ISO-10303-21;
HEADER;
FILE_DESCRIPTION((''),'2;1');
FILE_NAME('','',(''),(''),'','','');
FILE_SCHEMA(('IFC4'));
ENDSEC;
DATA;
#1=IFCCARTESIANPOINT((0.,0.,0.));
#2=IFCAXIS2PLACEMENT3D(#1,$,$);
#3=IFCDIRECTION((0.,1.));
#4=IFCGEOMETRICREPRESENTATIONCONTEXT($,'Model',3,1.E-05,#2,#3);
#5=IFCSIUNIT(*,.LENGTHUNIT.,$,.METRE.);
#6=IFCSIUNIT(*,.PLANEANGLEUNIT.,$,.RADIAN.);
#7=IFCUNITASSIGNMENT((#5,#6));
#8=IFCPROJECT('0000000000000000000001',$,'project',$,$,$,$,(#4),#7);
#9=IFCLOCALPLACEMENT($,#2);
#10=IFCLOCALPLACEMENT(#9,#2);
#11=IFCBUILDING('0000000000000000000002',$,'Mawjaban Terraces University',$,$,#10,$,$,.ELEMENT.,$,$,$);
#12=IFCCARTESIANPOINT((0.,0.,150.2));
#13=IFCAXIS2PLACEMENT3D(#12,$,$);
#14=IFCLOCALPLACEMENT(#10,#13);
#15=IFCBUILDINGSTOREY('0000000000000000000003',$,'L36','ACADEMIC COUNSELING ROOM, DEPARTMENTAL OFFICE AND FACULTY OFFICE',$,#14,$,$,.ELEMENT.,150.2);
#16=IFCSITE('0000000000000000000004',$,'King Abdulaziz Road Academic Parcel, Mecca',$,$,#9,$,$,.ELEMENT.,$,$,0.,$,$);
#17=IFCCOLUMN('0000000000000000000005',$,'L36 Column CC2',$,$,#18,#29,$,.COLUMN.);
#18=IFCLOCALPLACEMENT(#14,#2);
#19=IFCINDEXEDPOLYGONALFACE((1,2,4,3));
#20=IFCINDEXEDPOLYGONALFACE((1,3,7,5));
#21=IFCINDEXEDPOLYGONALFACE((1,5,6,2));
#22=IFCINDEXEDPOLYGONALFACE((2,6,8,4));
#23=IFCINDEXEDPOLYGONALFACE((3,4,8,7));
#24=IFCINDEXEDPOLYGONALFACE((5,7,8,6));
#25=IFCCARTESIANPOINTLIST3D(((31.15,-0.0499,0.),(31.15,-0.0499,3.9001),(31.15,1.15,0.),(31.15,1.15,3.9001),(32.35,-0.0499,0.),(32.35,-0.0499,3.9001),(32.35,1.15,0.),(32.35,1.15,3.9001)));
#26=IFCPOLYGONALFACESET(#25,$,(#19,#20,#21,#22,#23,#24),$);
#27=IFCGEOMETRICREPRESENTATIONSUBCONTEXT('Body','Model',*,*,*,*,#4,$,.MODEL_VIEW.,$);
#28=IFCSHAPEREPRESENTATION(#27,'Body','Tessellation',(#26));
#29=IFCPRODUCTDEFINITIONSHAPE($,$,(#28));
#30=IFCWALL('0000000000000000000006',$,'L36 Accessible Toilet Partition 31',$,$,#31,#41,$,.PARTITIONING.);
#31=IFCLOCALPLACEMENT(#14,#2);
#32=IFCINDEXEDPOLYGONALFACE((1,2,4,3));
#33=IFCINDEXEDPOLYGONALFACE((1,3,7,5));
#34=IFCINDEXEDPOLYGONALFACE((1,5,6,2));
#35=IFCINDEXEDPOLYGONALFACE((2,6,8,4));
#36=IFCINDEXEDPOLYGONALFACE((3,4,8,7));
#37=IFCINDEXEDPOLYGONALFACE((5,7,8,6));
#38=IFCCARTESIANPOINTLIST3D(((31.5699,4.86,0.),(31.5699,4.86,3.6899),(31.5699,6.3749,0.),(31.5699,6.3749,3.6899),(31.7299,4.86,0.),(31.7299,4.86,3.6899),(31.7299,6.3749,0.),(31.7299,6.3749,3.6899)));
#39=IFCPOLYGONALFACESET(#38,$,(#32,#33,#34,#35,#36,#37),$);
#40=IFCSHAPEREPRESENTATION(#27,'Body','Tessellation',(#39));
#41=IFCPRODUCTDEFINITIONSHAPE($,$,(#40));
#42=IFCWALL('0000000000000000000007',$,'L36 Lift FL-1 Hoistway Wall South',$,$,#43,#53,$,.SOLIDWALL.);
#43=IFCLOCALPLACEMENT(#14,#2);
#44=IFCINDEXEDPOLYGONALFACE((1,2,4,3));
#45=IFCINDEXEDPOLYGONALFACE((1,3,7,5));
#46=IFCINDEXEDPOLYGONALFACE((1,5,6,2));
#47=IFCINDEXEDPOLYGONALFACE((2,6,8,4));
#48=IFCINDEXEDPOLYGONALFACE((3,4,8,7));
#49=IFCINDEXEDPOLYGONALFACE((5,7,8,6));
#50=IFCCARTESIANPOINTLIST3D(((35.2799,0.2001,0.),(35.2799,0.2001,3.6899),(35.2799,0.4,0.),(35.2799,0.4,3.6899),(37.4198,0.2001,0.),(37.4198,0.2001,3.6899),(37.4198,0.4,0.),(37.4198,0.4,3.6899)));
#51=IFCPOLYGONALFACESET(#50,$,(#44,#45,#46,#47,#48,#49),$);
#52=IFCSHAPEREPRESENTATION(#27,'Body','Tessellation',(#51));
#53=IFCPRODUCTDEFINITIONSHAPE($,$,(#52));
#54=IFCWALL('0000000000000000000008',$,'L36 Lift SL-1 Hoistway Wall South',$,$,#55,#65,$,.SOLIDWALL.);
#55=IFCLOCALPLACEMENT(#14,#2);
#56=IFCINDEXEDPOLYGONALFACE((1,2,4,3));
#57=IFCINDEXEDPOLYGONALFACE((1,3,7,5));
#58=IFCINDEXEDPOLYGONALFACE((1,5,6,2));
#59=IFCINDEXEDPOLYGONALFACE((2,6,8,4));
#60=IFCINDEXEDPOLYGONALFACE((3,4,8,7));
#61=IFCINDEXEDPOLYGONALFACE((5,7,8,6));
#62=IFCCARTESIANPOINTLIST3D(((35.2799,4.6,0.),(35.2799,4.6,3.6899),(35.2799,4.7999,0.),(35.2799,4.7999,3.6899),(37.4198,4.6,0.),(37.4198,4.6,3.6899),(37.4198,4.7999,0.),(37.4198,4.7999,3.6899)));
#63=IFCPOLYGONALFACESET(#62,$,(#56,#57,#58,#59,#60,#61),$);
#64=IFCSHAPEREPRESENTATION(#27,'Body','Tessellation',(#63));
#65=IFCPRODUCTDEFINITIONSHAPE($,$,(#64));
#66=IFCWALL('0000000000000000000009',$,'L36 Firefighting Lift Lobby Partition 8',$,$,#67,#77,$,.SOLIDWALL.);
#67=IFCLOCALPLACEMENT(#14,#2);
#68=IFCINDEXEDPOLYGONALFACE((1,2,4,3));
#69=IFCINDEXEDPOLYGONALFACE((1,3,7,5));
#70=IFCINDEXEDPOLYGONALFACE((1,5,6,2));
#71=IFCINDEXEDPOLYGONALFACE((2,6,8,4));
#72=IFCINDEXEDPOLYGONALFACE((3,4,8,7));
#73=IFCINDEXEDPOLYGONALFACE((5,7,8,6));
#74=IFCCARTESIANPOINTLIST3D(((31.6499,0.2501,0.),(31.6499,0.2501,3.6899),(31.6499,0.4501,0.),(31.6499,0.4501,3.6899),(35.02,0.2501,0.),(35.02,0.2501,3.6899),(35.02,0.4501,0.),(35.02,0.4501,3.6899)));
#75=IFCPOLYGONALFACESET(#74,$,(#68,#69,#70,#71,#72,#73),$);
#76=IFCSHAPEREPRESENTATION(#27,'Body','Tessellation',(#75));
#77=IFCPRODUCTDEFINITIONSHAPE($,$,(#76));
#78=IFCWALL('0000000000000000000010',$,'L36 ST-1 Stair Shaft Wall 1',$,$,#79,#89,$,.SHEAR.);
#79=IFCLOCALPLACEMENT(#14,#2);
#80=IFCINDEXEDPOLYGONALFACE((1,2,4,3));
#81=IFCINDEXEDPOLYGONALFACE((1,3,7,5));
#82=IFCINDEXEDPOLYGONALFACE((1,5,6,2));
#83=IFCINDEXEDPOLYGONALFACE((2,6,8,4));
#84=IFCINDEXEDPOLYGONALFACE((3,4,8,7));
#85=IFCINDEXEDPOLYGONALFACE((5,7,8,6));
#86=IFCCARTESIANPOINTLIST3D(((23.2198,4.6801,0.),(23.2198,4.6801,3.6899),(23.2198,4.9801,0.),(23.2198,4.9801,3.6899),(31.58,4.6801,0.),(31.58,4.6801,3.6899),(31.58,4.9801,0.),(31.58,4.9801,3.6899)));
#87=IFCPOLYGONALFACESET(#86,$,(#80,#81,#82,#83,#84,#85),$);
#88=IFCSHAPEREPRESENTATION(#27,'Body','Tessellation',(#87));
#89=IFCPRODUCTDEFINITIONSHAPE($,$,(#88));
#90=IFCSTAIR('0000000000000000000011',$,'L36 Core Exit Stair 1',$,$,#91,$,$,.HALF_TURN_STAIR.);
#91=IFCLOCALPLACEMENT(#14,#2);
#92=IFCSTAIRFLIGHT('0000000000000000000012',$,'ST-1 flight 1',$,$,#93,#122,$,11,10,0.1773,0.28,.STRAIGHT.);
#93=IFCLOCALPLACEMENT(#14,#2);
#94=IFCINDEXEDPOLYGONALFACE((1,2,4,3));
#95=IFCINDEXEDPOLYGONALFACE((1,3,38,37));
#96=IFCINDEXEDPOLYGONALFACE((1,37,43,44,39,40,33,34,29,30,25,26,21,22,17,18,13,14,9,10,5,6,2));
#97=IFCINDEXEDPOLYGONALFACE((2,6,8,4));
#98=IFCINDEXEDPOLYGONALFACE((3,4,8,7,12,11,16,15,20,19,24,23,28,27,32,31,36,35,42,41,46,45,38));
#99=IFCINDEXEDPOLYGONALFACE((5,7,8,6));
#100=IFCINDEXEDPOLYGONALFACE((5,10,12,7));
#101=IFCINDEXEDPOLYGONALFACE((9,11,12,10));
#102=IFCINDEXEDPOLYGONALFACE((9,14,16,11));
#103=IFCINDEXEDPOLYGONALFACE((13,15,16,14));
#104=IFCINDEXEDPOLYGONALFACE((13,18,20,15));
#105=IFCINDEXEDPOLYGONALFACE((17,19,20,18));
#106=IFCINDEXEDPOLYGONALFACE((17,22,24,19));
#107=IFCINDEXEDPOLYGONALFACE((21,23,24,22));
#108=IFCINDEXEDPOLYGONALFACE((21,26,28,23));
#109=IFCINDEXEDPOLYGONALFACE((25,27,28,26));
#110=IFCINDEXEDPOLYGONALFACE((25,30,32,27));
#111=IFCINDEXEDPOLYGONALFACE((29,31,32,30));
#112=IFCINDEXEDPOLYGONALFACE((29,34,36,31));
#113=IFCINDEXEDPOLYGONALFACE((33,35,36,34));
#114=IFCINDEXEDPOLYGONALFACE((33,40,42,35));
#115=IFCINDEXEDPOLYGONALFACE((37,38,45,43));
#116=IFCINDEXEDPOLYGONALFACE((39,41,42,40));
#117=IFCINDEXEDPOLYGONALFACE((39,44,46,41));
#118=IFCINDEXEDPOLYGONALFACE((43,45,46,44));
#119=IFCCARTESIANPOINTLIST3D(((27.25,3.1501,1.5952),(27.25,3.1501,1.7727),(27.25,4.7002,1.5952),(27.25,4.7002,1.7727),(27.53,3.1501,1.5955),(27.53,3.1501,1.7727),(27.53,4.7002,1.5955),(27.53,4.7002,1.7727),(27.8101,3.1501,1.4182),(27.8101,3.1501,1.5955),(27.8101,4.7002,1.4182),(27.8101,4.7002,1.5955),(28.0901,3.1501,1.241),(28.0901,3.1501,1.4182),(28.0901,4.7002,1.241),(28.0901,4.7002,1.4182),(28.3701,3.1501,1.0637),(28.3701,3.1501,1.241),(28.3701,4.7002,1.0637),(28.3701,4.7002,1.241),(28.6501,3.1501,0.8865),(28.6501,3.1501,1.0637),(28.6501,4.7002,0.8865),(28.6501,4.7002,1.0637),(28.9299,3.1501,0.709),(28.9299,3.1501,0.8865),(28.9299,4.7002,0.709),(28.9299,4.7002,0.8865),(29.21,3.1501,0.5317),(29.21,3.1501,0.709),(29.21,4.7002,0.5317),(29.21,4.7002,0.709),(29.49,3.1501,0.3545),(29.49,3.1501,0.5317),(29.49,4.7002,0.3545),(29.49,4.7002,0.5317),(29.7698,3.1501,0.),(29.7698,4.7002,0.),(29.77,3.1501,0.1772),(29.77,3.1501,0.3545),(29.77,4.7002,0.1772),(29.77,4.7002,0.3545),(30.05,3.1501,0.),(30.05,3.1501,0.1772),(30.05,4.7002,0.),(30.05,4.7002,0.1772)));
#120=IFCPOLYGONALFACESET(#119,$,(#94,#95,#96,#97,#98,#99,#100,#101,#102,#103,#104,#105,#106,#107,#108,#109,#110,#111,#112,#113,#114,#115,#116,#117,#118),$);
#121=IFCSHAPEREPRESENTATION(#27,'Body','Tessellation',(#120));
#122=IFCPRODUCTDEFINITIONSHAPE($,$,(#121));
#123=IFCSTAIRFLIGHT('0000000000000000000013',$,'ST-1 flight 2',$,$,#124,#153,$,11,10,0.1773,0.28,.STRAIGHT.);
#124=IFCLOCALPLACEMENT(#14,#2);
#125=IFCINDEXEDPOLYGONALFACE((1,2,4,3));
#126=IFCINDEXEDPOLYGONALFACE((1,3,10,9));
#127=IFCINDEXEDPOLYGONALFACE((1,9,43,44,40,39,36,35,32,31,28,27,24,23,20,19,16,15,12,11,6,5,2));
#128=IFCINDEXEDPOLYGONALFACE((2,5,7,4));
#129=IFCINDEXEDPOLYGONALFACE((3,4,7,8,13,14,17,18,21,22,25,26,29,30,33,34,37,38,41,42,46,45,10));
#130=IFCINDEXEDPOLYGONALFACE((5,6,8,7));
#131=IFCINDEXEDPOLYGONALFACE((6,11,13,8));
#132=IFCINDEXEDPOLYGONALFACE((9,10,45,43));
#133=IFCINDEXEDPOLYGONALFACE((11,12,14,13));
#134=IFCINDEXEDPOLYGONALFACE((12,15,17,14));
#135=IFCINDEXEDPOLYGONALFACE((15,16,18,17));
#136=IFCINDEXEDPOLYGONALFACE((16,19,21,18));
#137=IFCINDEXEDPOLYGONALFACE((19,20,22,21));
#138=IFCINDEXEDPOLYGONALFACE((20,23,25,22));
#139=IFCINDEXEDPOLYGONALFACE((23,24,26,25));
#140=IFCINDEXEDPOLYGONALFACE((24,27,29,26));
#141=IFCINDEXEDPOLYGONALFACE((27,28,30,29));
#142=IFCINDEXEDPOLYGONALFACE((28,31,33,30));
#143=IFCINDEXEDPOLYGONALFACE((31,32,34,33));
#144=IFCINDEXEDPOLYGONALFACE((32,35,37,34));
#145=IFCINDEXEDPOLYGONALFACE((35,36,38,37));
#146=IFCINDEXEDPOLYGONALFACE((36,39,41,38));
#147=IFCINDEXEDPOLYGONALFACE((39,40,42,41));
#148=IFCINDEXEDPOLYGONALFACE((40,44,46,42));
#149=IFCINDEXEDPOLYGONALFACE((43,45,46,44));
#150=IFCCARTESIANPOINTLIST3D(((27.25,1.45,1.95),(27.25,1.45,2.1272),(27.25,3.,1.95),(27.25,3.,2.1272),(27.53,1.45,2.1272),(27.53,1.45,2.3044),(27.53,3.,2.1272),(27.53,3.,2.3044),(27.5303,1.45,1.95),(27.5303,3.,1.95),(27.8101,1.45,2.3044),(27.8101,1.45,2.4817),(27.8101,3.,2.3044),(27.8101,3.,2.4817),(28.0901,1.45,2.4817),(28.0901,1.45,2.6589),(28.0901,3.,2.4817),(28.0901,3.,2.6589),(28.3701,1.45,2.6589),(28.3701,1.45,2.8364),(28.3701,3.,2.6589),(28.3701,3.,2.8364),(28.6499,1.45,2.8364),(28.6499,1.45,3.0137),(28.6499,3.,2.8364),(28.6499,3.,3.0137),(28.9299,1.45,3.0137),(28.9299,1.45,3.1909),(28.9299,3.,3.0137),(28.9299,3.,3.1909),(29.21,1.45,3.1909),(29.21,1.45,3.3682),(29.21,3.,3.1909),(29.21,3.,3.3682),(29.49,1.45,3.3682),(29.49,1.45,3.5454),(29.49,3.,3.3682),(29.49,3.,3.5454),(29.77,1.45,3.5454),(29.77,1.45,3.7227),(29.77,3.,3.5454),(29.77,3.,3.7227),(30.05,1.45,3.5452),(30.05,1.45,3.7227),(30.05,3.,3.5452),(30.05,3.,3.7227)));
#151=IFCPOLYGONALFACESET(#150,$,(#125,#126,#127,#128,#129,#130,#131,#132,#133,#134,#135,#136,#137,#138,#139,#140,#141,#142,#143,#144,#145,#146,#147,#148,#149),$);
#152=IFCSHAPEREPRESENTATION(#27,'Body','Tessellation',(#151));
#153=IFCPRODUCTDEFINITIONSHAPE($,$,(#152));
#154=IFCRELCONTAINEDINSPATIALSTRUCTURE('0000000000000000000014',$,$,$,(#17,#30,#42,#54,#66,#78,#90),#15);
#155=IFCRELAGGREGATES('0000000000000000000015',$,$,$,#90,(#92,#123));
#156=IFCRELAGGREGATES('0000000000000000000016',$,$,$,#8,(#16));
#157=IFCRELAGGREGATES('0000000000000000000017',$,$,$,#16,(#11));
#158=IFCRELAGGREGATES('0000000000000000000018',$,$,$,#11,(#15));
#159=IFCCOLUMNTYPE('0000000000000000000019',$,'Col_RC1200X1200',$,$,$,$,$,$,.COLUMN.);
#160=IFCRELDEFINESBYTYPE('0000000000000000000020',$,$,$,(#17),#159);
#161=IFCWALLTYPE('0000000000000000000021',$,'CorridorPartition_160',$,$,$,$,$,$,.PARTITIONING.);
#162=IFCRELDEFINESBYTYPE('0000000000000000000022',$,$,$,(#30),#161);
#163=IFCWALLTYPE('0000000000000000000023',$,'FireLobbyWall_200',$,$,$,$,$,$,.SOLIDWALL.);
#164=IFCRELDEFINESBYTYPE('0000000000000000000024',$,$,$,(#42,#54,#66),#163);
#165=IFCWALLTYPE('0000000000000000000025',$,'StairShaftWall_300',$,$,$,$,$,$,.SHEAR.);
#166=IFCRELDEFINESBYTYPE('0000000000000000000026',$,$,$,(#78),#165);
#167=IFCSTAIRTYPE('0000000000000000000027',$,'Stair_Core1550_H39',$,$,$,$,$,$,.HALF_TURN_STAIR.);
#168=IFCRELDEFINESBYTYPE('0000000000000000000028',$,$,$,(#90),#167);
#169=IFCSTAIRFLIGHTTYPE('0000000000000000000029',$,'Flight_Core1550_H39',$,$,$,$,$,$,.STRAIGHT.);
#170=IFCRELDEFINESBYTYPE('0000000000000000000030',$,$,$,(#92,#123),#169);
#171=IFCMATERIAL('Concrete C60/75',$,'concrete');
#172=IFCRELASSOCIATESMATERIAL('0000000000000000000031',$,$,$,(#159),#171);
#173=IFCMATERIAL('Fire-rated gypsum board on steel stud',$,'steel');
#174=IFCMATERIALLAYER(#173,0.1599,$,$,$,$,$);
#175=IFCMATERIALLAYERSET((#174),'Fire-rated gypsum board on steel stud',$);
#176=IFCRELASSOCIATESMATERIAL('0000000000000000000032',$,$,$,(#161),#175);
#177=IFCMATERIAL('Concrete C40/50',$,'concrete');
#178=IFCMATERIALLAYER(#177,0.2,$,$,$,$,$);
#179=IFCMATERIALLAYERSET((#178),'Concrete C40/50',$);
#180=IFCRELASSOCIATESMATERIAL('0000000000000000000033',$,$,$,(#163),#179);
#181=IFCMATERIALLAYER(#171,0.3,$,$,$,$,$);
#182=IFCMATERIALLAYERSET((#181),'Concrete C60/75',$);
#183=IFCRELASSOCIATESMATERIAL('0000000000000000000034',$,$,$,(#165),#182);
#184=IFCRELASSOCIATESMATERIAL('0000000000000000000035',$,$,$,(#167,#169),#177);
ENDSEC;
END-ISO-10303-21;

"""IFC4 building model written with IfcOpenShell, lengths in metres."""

from ifc_helpers import new_model, si_unit, direction, frame, frame_2d, origin, origin_2d, place, context, subcontext, project, spatial, polyline, rectangle, outline, extrude, material, layer, layer_set, material_profile, profile_set, type_object, element, aggregate, save


model = new_model("IFC4")

# Units and contexts
model_context = context("Model", 3, precision=1e-05, world=origin(), true_north=direction((0.0, 1.0)))
body_context = subcontext(model_context, "Body", "Model", "MODEL_VIEW")
ifc_project = project(units=[si_unit("LENGTHUNIT", "METRE"), si_unit("PLANEANGLEUNIT", "RADIAN")], contexts=[model_context])

# Site, building, storey
site_placement = place(None, origin())
site = spatial("IfcSite", under=ifc_project, at=site_placement, Name="King Abdulaziz Road Academic Parcel, Mecca", CompositionType="ELEMENT", RefElevation=0.0)
building_placement = place(site_placement, origin())
building = spatial("IfcBuilding", under=site, at=building_placement, Name="Mawjaban Terraces University", CompositionType="ELEMENT")
storey_placement = place(building_placement, frame((0.0, 0.0, 150.2)))
storey = spatial("IfcBuildingStorey", under=building, at=storey_placement, Name="L36", Description="ACADEMIC COUNSELING ROOM, DEPARTMENTAL OFFICE AND FACULTY OFFICE", CompositionType="ELEMENT", Elevation=150.2)

# Column
ifc_material_1 = material(Name="Concrete C60/75", Category="concrete")
ifc_material_profile = material_profile(ifc_material_1, rectangle(XDim=1.2, YDim=1.2, at=origin_2d()), Name="RC1200X1200")
ifc_profile_set = profile_set([ifc_material_profile], Name="Concrete C60/75")
column_type = type_object("IfcColumnType", Name="Col_RC1200X1200", PredefinedType="COLUMN", material=ifc_profile_set)
column_placement = place(storey_placement, frame((31.75, 0.55, 0.0), z_axis=(0.0, 0.0, 1.0), x_axis=(1.0, 0.0, 0.0)))
element("IfcColumn", 1, at=column_placement, inside=storey, type_object=column_type, Name="L36 Column CC2", PredefinedType="COLUMN", context=body_context, shape_type="SweptSolid", body=[
    extrude(rectangle(XDim=1.2, YDim=1.2, at=origin_2d()), origin(), (0.0, 0.0, 1.0), 3.9001),
])

# Wall
ifc_material_2 = material(Name="Fire-rated gypsum board on steel stud", Category="steel")
ifc_layer_1 = layer(ifc_material_2, 0.1599)
ifc_layer_set_1 = layer_set([ifc_layer_1], Name="Fire-rated gypsum board on steel stud")
wall_type_1 = type_object("IfcWallType", Name="CorridorPartition_160", PredefinedType="PARTITIONING", material=ifc_layer_set_1)
wall_1_placement = place(storey_placement, frame((31.6499, 4.8601, 0.0), z_axis=(0.0, 0.0, 1.0), x_axis=(0.0, 1.0, 0.0)))
element("IfcWall", 2, at=wall_1_placement, inside=storey, type_object=wall_type_1, Name="L36 Accessible Toilet Partition 31", PredefinedType="PARTITIONING", context=body_context, shape_type="SweptSolid", body=[
    extrude(rectangle(XDim=1.5149, YDim=0.1599, at=frame_2d((0.7573, 0.0))), origin(), (0.0, 0.0, 1.0), 3.6899),
])

# Shared definitions
ifc_material_3 = material(Name="Concrete C40/50", Category="concrete")
ifc_layer_2 = layer(ifc_material_3, 0.2)
ifc_layer_set_2 = layer_set([ifc_layer_2], Name="Concrete C40/50")
wall_type_2 = type_object("IfcWallType", Name="FireLobbyWall_200", PredefinedType="SOLIDWALL", material=ifc_layer_set_2)

# Wall
wall_2_placement = place(storey_placement, frame((35.28, 0.3, 0.0), z_axis=(0.0, 0.0, 1.0), x_axis=(1.0, 0.0, 0.0)))
element("IfcWall", 3, at=wall_2_placement, inside=storey, type_object=wall_type_2, Name="L36 Lift FL-1 Hoistway Wall South", PredefinedType="SOLIDWALL", context=body_context, shape_type="SweptSolid", body=[
    extrude(rectangle(XDim=2.1399, YDim=0.2, at=frame_2d((1.0698, 0.0))), origin(), (0.0, 0.0, 1.0), 3.6899),
])

# Walls
wall_3_placement = place(storey_placement, frame((35.28, 4.7, 0.0), z_axis=(0.0, 0.0, 1.0), x_axis=(1.0, 0.0, 0.0)))
element("IfcWall", 4, at=wall_3_placement, inside=storey, type_object=wall_type_2, Name="L36 Lift SL-1 Hoistway Wall South", PredefinedType="SOLIDWALL", context=body_context, shape_type="SweptSolid", body=[
    extrude(rectangle(XDim=2.1399, YDim=0.2, at=frame_2d((1.0698, 0.0))), origin(), (0.0, 0.0, 1.0), 3.6899),
])
wall_4_placement = place(storey_placement, frame((31.6499, 0.3501, 0.0), z_axis=(0.0, 0.0, 1.0), x_axis=(1.0, 0.0, 0.0)))
element("IfcWall", 5, at=wall_4_placement, inside=storey, type_object=wall_type_2, Name="L36 Firefighting Lift Lobby Partition 8", PredefinedType="SOLIDWALL", context=body_context, shape_type="SweptSolid", body=[
    extrude(rectangle(XDim=3.3701, YDim=0.2, at=frame_2d((1.6851, 0.0))), origin(), (0.0, 0.0, 1.0), 3.6899),
])

# Wall
ifc_layer_3 = layer(ifc_material_1, 0.3)
ifc_layer_set_3 = layer_set([ifc_layer_3], Name="Concrete C60/75")
wall_type_3 = type_object("IfcWallType", Name="StairShaftWall_300", PredefinedType="SHEAR", material=ifc_layer_set_3)
wall_5_placement = place(storey_placement, frame((31.5801, 4.8301, 0.0), z_axis=(0.0, 0.0, 1.0), x_axis=(-1.0, 0.0, 0.0)))
element("IfcWall", 6, at=wall_5_placement, inside=storey, type_object=wall_type_3, Name="L36 ST-1 Stair Shaft Wall 1", PredefinedType="SHEAR", context=body_context, shape_type="SweptSolid", body=[
    extrude(rectangle(XDim=8.3601, YDim=0.3, at=frame_2d((4.1802, 0.0))), origin(), (0.0, 0.0, 1.0), 3.6899),
])

# Stair, stair flights
stair_type = type_object("IfcStairType", Name="Stair_Core1550_H39", PredefinedType="HALF_TURN_STAIR", material=ifc_material_3)
stair_placement = place(storey_placement, origin())
stair = element("IfcStair", 7, at=stair_placement, inside=storey, type_object=stair_type, Name="L36 Core Exit Stair 1", PredefinedType="HALF_TURN_STAIR")
stair_flight_type = type_object("IfcStairFlightType", Name="Flight_Core1550_H39", PredefinedType="STRAIGHT", material=ifc_material_3)
stair_flight_1_placement = place(storey_placement, frame((30.05, 3.925, 0.0), z_axis=(0.0, 0.0, 1.0), x_axis=(-1.0, 0.0, 0.0)))
stair_flight_1 = element("IfcStairFlight", 8, at=stair_flight_1_placement, type_object=stair_flight_type, Name="ST-1 flight 1", NumberOfRisers=11, NumberOfTreads=10, PredefinedType="STRAIGHT", RiserHeight=0.1773, TreadLength=0.28, context=body_context, shape_type="SweptSolid", body=[
    extrude(outline(polyline([(0.0, 0.0), (0.0, 0.1772), (0.28, 0.1772), (0.28, 0.3545), (0.5601, 0.3545), (0.5601, 0.5317), (0.8401, 0.5317), (0.8401, 0.709), (1.1201, 0.709), (1.1201, 0.8865), (1.3999, 0.8865), (1.3999, 1.0637), (1.6799, 1.0637), (1.6799, 1.241), (1.96, 1.241), (1.96, 1.4182), (2.24, 1.4182), (2.24, 1.5955), (2.52, 1.5955), (2.52, 1.7727), (2.8, 1.7727), (2.8, 1.95), (2.8, 1.5952), (0.2803, 0.0), (0.0, 0.0)])), frame((0.0, 0.7749, 0.0), z_axis=(0.0, -1.0, 0.0), x_axis=(1.0, 0.0, 0.0)), (0.0, 0.0, 1.0), 1.55),
])
stair_flight_2_placement = place(storey_placement, frame((27.25, 2.2251, 1.95), z_axis=(0.0, 0.0, 1.0), x_axis=(1.0, 0.0, 0.0)))
stair_flight_2 = element("IfcStairFlight", 9, at=stair_flight_2_placement, type_object=stair_flight_type, Name="ST-1 flight 2", NumberOfRisers=11, NumberOfTreads=10, PredefinedType="STRAIGHT", RiserHeight=0.1773, TreadLength=0.28, context=body_context, shape_type="SweptSolid", body=[
    extrude(outline(polyline([(0.0, 0.0), (0.0, 0.1772), (0.28, 0.1772), (0.28, 0.3545), (0.5601, 0.3545), (0.5601, 0.5317), (0.8401, 0.5317), (0.8401, 0.709), (1.1201, 0.709), (1.1201, 0.8865), (1.3999, 0.8865), (1.3999, 1.0637), (1.6799, 1.0637), (1.6799, 1.241), (1.96, 1.241), (1.96, 1.4182), (2.24, 1.4182), (2.24, 1.5955), (2.52, 1.5955), (2.52, 1.7727), (2.8, 1.7727), (2.8, 1.95), (2.8, 1.5952), (0.2803, 0.0), (0.0, 0.0)])), frame((0.0, 0.7749, 0.0), z_axis=(0.0, -1.0, 0.0), x_axis=(1.0, 0.0, 0.0)), (0.0, 0.0, 1.0), 1.55),
])
aggregate(stair, [stair_flight_1, stair_flight_2])

save(model, "model.ifc")
